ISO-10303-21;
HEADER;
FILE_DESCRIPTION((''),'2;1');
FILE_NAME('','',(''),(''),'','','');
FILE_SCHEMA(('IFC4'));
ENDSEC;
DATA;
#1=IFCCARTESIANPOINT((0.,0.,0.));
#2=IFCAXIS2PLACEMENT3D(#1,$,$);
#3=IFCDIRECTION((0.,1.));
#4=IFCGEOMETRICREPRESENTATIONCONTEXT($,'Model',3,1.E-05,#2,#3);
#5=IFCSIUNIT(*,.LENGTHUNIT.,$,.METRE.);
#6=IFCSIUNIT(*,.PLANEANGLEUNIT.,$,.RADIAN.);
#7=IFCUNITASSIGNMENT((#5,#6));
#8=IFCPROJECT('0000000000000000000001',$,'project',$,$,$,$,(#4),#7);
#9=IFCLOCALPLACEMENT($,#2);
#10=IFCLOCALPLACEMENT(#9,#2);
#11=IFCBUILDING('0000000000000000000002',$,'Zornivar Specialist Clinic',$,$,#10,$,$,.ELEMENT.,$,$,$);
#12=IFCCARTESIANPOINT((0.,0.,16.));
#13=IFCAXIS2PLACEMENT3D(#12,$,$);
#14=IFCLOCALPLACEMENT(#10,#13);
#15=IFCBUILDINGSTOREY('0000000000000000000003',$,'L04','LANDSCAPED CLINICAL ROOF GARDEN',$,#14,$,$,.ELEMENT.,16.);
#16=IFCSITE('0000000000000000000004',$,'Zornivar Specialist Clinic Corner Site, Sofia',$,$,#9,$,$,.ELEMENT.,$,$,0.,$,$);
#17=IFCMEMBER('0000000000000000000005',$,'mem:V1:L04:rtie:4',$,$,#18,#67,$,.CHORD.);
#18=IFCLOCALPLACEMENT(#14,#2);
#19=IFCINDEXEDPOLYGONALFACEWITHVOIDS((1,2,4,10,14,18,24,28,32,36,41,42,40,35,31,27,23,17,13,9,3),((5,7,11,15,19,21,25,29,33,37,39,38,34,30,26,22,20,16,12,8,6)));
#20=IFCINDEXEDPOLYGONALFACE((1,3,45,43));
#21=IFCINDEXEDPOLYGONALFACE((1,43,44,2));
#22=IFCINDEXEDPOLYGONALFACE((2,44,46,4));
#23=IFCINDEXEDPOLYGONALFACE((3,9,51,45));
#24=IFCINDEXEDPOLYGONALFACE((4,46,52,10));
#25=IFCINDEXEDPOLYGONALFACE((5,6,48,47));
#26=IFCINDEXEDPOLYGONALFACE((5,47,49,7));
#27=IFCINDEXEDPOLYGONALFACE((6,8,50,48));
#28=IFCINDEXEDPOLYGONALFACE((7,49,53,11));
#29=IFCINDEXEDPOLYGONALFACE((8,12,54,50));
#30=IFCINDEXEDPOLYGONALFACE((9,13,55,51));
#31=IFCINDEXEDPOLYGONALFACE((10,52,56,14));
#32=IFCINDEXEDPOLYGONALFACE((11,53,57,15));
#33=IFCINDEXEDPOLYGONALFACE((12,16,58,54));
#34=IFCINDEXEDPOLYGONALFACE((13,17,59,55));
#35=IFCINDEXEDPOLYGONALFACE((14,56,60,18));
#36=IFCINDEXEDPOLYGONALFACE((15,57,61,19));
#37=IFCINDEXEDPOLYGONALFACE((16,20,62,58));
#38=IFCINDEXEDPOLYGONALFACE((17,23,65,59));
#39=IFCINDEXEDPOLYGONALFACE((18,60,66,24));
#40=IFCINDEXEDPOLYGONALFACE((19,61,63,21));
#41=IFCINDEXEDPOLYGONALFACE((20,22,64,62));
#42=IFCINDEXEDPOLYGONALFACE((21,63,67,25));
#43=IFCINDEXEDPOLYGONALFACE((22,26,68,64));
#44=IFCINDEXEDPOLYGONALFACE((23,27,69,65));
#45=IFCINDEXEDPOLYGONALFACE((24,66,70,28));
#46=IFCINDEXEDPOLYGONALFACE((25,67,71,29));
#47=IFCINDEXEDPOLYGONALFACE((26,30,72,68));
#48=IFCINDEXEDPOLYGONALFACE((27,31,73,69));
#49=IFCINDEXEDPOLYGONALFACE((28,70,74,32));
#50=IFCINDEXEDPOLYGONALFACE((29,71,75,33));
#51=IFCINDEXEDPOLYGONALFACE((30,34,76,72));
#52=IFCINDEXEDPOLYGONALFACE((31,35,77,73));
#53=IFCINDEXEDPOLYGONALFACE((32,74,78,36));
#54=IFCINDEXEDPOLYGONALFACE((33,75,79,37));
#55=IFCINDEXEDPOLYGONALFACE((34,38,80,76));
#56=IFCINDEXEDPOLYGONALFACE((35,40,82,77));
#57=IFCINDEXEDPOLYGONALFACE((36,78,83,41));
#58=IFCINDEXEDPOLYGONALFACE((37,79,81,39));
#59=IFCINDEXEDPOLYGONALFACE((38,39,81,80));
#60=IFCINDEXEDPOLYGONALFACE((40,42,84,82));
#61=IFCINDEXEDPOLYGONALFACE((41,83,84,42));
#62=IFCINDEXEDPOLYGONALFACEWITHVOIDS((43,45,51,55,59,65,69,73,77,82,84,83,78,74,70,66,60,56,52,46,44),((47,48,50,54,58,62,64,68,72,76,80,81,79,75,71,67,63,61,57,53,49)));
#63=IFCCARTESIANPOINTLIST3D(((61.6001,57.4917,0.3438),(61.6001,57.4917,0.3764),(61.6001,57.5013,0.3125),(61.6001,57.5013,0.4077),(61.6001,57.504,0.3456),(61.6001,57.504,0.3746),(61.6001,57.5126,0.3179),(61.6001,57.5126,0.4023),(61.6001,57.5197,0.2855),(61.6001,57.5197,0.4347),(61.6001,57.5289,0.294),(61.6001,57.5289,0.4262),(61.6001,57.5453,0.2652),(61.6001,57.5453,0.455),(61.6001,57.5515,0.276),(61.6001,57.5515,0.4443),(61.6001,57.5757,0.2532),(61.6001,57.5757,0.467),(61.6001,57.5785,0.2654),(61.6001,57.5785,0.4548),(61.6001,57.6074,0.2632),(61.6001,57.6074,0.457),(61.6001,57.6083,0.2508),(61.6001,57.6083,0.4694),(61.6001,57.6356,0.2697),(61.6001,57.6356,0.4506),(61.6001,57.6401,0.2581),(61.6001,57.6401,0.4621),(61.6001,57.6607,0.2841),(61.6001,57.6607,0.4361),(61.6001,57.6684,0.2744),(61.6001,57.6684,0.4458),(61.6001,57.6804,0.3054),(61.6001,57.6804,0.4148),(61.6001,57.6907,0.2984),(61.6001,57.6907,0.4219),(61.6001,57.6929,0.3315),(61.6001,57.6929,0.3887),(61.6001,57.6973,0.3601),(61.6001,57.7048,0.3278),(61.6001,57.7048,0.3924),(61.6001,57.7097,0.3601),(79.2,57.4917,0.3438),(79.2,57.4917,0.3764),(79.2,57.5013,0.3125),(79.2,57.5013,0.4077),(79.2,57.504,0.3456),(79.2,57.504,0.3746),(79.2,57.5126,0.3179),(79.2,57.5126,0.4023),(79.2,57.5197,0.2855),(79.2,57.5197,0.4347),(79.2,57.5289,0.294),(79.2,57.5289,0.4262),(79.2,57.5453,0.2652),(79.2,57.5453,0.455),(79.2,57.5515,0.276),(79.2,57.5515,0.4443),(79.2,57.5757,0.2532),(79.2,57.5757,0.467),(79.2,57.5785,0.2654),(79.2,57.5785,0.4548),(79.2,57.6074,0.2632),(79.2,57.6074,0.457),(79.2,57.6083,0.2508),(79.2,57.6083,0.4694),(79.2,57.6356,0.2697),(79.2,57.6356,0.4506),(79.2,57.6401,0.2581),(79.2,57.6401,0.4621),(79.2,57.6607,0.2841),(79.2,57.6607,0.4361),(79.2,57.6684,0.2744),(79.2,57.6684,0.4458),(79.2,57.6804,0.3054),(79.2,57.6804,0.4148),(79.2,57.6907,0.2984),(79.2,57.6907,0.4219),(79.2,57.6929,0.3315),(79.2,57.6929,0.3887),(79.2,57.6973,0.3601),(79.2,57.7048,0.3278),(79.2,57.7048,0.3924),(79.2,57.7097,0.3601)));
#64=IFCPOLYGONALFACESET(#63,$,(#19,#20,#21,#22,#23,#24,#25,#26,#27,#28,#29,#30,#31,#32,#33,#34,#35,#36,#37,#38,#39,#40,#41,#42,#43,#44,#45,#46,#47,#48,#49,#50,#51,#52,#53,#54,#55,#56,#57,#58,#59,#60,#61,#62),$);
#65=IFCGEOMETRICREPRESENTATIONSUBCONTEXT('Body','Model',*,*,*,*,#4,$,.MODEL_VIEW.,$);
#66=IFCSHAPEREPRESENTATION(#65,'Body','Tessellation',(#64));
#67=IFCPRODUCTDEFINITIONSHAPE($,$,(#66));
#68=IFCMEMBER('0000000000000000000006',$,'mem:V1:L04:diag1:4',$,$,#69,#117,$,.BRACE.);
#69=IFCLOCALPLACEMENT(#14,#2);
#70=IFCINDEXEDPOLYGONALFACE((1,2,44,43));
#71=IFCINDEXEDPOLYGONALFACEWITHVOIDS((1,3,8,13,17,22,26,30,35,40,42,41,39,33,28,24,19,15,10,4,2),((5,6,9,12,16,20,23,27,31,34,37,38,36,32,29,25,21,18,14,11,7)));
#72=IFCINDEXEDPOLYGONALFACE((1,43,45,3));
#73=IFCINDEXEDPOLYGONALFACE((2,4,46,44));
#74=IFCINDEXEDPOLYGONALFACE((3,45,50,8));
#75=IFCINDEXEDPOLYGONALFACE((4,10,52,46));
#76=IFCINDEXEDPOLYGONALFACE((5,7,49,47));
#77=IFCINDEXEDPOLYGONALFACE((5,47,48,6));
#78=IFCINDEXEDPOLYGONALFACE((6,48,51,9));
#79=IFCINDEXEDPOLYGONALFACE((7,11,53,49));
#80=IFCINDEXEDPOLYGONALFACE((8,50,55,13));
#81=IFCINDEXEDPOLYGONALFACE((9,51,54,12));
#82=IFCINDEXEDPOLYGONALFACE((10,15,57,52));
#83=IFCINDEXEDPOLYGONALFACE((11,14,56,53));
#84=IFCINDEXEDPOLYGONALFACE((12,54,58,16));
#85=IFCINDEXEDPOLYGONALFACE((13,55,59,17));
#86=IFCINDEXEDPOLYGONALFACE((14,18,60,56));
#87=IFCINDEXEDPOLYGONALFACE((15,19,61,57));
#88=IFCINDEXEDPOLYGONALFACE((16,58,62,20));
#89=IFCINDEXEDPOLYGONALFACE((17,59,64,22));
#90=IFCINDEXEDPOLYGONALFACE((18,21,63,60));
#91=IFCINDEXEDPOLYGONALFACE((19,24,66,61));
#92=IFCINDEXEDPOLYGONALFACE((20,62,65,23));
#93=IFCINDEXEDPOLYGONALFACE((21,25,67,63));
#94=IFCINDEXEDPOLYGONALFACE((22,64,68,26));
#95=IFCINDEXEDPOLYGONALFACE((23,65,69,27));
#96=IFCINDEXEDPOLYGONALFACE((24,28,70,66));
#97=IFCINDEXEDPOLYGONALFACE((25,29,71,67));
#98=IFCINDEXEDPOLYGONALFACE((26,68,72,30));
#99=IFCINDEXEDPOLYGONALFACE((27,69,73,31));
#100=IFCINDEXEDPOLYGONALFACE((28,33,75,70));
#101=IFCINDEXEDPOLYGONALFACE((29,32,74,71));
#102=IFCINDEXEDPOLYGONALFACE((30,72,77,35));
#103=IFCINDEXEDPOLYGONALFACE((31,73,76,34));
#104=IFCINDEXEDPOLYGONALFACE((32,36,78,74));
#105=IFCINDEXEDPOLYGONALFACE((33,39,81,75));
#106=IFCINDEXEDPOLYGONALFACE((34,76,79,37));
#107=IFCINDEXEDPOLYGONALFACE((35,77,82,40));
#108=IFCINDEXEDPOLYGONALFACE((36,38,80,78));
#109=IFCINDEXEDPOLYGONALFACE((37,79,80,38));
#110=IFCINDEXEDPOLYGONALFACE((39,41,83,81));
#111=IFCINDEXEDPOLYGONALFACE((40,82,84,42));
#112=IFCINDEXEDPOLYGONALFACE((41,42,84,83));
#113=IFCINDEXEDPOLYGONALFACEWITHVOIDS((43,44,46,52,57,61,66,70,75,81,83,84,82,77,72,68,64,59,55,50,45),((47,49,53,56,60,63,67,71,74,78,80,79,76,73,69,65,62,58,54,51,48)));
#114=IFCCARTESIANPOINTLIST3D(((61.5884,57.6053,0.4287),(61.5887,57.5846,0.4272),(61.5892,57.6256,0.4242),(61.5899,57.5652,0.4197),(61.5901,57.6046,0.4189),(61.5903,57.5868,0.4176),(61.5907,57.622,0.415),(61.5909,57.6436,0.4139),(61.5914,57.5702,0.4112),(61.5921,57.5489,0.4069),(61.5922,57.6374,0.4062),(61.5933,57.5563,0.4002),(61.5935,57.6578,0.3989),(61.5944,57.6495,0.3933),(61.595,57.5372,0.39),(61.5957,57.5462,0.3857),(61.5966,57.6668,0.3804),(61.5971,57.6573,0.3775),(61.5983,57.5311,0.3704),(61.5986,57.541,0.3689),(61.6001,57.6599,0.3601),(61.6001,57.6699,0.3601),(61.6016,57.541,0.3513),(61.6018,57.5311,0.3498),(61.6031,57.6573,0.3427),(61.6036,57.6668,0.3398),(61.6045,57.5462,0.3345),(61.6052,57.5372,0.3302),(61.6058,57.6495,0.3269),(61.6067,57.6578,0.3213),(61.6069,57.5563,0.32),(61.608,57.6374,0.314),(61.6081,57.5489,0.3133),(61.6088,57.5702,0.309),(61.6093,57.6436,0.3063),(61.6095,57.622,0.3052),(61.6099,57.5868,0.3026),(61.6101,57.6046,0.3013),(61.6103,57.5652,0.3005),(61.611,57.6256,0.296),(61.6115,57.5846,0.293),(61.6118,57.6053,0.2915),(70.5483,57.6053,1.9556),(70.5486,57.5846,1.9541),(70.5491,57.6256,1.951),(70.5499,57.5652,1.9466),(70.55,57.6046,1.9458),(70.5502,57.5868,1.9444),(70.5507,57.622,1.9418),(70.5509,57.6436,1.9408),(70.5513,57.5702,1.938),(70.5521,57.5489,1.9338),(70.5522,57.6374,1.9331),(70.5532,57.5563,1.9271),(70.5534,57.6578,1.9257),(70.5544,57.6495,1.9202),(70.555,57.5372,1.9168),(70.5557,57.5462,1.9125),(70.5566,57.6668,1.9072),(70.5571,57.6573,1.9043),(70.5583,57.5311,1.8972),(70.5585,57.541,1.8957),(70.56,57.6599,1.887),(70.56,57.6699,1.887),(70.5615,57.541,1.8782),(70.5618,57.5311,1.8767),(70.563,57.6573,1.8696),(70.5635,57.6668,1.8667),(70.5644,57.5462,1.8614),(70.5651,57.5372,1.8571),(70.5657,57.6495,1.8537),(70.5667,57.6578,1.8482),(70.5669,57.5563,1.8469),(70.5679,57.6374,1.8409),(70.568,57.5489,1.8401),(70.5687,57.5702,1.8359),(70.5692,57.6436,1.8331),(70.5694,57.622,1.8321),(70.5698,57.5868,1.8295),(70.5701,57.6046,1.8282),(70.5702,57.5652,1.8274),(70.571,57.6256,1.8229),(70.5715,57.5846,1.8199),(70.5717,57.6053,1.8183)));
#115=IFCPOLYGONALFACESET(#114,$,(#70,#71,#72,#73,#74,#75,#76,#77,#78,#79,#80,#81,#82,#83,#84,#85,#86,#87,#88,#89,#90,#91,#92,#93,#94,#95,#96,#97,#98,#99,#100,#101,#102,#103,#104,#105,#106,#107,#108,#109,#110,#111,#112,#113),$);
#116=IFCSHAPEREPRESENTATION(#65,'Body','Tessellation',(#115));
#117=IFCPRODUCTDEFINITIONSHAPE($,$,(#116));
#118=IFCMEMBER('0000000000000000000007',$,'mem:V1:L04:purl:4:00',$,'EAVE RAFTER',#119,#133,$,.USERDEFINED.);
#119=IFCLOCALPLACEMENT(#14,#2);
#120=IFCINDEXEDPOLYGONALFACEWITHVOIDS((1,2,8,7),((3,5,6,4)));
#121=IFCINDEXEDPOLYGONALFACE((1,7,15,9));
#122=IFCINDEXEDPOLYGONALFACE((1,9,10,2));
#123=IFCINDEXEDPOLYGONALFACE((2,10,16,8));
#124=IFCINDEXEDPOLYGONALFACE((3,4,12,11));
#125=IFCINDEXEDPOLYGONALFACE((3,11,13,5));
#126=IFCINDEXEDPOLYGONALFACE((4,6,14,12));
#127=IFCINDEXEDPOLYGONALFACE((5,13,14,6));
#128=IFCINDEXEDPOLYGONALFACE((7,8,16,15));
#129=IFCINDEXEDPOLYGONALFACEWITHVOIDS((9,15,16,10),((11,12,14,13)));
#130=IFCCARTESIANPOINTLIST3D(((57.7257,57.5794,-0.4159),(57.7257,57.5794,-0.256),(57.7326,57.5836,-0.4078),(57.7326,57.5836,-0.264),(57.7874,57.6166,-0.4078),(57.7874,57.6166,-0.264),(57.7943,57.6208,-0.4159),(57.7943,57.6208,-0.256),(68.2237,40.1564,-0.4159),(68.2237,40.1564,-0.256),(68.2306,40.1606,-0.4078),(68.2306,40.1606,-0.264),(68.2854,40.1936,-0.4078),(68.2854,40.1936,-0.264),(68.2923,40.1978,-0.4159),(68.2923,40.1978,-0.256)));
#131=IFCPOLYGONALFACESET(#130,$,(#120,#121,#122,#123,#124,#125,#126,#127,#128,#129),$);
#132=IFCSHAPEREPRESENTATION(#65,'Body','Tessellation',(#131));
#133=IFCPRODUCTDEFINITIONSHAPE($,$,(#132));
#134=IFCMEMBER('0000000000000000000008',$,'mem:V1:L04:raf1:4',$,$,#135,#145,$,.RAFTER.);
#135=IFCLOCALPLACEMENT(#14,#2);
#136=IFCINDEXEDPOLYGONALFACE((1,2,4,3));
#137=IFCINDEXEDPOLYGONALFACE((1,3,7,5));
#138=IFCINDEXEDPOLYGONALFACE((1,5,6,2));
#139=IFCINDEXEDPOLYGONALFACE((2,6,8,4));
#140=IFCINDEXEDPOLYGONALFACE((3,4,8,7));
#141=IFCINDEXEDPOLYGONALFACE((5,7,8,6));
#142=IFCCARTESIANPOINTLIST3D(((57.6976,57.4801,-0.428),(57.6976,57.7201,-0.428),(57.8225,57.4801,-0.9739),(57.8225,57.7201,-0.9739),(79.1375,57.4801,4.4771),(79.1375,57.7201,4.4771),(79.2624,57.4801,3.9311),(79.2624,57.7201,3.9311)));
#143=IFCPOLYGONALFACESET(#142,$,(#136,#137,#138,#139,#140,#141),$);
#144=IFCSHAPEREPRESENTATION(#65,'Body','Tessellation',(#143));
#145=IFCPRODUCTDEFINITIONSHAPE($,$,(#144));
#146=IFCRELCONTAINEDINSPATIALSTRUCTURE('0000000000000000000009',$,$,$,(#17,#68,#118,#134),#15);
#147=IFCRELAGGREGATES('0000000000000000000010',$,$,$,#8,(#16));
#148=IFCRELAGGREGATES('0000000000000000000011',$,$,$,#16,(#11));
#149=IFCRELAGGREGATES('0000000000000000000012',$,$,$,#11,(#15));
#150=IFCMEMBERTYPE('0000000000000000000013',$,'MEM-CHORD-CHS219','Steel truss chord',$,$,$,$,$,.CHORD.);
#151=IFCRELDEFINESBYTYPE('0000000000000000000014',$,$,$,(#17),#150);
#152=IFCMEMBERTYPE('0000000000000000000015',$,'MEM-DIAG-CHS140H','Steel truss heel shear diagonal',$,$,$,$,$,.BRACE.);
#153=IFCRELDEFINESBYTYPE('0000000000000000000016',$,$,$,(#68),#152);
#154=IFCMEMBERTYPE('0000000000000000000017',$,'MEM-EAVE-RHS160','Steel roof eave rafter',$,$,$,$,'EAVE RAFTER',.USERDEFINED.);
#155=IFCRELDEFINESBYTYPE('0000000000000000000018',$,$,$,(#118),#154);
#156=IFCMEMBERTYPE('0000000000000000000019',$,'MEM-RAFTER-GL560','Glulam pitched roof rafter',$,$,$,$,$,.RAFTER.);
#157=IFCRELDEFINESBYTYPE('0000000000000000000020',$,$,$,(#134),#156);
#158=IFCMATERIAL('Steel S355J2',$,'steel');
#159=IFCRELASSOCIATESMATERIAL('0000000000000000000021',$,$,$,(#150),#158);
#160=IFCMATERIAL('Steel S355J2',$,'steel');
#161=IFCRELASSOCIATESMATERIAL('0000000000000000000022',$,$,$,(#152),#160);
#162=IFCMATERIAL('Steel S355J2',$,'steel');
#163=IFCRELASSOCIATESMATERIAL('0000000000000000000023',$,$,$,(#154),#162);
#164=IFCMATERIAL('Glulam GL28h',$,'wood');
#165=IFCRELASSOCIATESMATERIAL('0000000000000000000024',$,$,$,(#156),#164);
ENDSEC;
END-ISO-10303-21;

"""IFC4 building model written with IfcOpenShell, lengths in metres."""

from ifc_helpers import new_model, si_unit, direction, frame, origin, origin_2d, place, context, subcontext, project, spatial, rectangle, hollow_rectangle, hollow_circle, extrude, material, material_profile, profile_set, type_object, element, save


model = new_model("IFC4")

# Units and contexts
model_context = context("Model", 3, precision=1e-05, world=origin(), true_north=direction((0.0, 1.0)))
body_context = subcontext(model_context, "Body", "Model", "MODEL_VIEW")
ifc_project = project(units=[si_unit("LENGTHUNIT", "METRE"), si_unit("PLANEANGLEUNIT", "RADIAN")], contexts=[model_context])

# Site, building, storey
site_placement = place(None, origin())
site = spatial("IfcSite", under=ifc_project, at=site_placement, Name="Zornivar Specialist Clinic Corner Site, Sofia", CompositionType="ELEMENT", RefElevation=0.0)
building_placement = place(site_placement, origin())
building = spatial("IfcBuilding", under=site, at=building_placement, Name="Zornivar Specialist Clinic", CompositionType="ELEMENT")
storey_placement = place(building_placement, frame((0.0, 0.0, 16.0)))
storey = spatial("IfcBuildingStorey", under=building, at=storey_placement, Name="L04", Description="LANDSCAPED CLINICAL ROOF GARDEN", CompositionType="ELEMENT", Elevation=16.0)

# Members
ifc_material_1 = material(Name="Steel S355J2", Category="steel")
ifc_material_profile_1 = material_profile(ifc_material_1, hollow_circle(Radius=0.1096, WallThickness=0.0125, at=origin_2d()), Name="CHS 219.1x12.5")
ifc_profile_set_1 = profile_set([ifc_material_profile_1], Name="Steel S355J2")
member_type_1 = type_object("IfcMemberType", Name="MEM-CHORD-CHS219", Description="Steel truss chord", PredefinedType="CHORD", material=ifc_profile_set_1)
member_1_placement = place(storey_placement, frame((61.6001, 57.6001, 0.3601), z_axis=(1.0, 0.0, 0.0), x_axis=(0.0, 1.0, 0.0)))
element("IfcMember", 1, at=member_1_placement, inside=storey, type_object=member_type_1, Name="mem:V1:L04:rtie:4", PredefinedType="CHORD", context=body_context, shape_type="SweptSolid", body=[
    extrude(hollow_circle(Radius=0.1096, WallThickness=0.0125, at=origin_2d()), origin(), (0.0, 0.0, 1.0), 17.5999),
])
ifc_material_2 = material(Name="Steel S355J2", Category="steel")
ifc_material_profile_2 = material_profile(ifc_material_2, hollow_circle(Radius=0.0698, WallThickness=0.01, at=origin_2d()), Name="CHS 139.7x10")
ifc_profile_set_2 = profile_set([ifc_material_profile_2], Name="Steel S355J2")
member_type_2 = type_object("IfcMemberType", Name="MEM-DIAG-CHS140H", Description="Steel truss heel shear diagonal", PredefinedType="BRACE", material=ifc_profile_set_2)
member_2_placement = place(storey_placement, frame((61.6001, 57.6001, 0.3601), z_axis=(0.985789, 0.0, 0.167987), x_axis=(0.0, 1.0, 0.0)))
element("IfcMember", 2, at=member_2_placement, inside=storey, type_object=member_type_2, Name="mem:V1:L04:diag1:4", PredefinedType="BRACE", context=body_context, shape_type="SweptSolid", body=[
    extrude(hollow_circle(Radius=0.0698, WallThickness=0.01, at=origin_2d()), origin(), (0.0, 0.0, 1.0), 9.0891),
])
ifc_material_3 = material(Name="Steel S355J2", Category="steel")
ifc_material_profile_3 = material_profile(ifc_material_3, hollow_rectangle(XDim=0.0801, YDim=0.1599, WallThickness=0.0081, at=origin_2d()), Name="RHS 160x80x8")
ifc_profile_set_3 = profile_set([ifc_material_profile_3], Name="Steel S355J2")
member_type_3 = type_object("IfcMemberType", Name="MEM-EAVE-RHS160", Description="Steel roof eave rafter", ElementType="EAVE RAFTER", PredefinedType="USERDEFINED", material=ifc_profile_set_3)
member_3_placement = place(storey_placement, frame((57.76, 57.6001, -0.3359), z_axis=(0.516092, -0.856533, 0.0), x_axis=(0.856533, 0.516092, 0.0)))
element("IfcMember", 3, at=member_3_placement, inside=storey, type_object=member_type_3, Name="mem:V1:L04:purl:4:00", ObjectType="EAVE RAFTER", PredefinedType="USERDEFINED", context=body_context, shape_type="SweptSolid", body=[
    extrude(hollow_rectangle(XDim=0.0801, YDim=0.1599, WallThickness=0.0081, at=origin_2d()), origin(), (0.0, 0.0, 1.0), 20.3413),
])
ifc_material_4 = material(Name="Glulam GL28h", Category="wood")
ifc_material_profile_4 = material_profile(ifc_material_4, rectangle(XDim=0.24, YDim=0.5601, at=origin_2d()), Name="GL28h 240x560")
ifc_profile_set_4 = profile_set([ifc_material_profile_4], Name="Glulam GL28h")
member_type_4 = type_object("IfcMemberType", Name="MEM-RAFTER-GL560", Description="Glulam pitched roof rafter", PredefinedType="RAFTER", material=ifc_profile_set_4)
member_4_placement = place(storey_placement, frame((57.76, 57.6001, -0.7009), z_axis=(0.974814, 0.0, 0.223018), x_axis=(0.0, 1.0, 0.0)))
element("IfcMember", 4, at=member_4_placement, inside=storey, type_object=member_type_4, Name="mem:V1:L04:raf1:4", PredefinedType="RAFTER", context=body_context, shape_type="SweptSolid", body=[
    extrude(rectangle(XDim=0.24, YDim=0.5601, at=origin_2d()), origin(), (0.0, 0.0, 1.0), 21.9939),
])

save(model, "model.ifc")
